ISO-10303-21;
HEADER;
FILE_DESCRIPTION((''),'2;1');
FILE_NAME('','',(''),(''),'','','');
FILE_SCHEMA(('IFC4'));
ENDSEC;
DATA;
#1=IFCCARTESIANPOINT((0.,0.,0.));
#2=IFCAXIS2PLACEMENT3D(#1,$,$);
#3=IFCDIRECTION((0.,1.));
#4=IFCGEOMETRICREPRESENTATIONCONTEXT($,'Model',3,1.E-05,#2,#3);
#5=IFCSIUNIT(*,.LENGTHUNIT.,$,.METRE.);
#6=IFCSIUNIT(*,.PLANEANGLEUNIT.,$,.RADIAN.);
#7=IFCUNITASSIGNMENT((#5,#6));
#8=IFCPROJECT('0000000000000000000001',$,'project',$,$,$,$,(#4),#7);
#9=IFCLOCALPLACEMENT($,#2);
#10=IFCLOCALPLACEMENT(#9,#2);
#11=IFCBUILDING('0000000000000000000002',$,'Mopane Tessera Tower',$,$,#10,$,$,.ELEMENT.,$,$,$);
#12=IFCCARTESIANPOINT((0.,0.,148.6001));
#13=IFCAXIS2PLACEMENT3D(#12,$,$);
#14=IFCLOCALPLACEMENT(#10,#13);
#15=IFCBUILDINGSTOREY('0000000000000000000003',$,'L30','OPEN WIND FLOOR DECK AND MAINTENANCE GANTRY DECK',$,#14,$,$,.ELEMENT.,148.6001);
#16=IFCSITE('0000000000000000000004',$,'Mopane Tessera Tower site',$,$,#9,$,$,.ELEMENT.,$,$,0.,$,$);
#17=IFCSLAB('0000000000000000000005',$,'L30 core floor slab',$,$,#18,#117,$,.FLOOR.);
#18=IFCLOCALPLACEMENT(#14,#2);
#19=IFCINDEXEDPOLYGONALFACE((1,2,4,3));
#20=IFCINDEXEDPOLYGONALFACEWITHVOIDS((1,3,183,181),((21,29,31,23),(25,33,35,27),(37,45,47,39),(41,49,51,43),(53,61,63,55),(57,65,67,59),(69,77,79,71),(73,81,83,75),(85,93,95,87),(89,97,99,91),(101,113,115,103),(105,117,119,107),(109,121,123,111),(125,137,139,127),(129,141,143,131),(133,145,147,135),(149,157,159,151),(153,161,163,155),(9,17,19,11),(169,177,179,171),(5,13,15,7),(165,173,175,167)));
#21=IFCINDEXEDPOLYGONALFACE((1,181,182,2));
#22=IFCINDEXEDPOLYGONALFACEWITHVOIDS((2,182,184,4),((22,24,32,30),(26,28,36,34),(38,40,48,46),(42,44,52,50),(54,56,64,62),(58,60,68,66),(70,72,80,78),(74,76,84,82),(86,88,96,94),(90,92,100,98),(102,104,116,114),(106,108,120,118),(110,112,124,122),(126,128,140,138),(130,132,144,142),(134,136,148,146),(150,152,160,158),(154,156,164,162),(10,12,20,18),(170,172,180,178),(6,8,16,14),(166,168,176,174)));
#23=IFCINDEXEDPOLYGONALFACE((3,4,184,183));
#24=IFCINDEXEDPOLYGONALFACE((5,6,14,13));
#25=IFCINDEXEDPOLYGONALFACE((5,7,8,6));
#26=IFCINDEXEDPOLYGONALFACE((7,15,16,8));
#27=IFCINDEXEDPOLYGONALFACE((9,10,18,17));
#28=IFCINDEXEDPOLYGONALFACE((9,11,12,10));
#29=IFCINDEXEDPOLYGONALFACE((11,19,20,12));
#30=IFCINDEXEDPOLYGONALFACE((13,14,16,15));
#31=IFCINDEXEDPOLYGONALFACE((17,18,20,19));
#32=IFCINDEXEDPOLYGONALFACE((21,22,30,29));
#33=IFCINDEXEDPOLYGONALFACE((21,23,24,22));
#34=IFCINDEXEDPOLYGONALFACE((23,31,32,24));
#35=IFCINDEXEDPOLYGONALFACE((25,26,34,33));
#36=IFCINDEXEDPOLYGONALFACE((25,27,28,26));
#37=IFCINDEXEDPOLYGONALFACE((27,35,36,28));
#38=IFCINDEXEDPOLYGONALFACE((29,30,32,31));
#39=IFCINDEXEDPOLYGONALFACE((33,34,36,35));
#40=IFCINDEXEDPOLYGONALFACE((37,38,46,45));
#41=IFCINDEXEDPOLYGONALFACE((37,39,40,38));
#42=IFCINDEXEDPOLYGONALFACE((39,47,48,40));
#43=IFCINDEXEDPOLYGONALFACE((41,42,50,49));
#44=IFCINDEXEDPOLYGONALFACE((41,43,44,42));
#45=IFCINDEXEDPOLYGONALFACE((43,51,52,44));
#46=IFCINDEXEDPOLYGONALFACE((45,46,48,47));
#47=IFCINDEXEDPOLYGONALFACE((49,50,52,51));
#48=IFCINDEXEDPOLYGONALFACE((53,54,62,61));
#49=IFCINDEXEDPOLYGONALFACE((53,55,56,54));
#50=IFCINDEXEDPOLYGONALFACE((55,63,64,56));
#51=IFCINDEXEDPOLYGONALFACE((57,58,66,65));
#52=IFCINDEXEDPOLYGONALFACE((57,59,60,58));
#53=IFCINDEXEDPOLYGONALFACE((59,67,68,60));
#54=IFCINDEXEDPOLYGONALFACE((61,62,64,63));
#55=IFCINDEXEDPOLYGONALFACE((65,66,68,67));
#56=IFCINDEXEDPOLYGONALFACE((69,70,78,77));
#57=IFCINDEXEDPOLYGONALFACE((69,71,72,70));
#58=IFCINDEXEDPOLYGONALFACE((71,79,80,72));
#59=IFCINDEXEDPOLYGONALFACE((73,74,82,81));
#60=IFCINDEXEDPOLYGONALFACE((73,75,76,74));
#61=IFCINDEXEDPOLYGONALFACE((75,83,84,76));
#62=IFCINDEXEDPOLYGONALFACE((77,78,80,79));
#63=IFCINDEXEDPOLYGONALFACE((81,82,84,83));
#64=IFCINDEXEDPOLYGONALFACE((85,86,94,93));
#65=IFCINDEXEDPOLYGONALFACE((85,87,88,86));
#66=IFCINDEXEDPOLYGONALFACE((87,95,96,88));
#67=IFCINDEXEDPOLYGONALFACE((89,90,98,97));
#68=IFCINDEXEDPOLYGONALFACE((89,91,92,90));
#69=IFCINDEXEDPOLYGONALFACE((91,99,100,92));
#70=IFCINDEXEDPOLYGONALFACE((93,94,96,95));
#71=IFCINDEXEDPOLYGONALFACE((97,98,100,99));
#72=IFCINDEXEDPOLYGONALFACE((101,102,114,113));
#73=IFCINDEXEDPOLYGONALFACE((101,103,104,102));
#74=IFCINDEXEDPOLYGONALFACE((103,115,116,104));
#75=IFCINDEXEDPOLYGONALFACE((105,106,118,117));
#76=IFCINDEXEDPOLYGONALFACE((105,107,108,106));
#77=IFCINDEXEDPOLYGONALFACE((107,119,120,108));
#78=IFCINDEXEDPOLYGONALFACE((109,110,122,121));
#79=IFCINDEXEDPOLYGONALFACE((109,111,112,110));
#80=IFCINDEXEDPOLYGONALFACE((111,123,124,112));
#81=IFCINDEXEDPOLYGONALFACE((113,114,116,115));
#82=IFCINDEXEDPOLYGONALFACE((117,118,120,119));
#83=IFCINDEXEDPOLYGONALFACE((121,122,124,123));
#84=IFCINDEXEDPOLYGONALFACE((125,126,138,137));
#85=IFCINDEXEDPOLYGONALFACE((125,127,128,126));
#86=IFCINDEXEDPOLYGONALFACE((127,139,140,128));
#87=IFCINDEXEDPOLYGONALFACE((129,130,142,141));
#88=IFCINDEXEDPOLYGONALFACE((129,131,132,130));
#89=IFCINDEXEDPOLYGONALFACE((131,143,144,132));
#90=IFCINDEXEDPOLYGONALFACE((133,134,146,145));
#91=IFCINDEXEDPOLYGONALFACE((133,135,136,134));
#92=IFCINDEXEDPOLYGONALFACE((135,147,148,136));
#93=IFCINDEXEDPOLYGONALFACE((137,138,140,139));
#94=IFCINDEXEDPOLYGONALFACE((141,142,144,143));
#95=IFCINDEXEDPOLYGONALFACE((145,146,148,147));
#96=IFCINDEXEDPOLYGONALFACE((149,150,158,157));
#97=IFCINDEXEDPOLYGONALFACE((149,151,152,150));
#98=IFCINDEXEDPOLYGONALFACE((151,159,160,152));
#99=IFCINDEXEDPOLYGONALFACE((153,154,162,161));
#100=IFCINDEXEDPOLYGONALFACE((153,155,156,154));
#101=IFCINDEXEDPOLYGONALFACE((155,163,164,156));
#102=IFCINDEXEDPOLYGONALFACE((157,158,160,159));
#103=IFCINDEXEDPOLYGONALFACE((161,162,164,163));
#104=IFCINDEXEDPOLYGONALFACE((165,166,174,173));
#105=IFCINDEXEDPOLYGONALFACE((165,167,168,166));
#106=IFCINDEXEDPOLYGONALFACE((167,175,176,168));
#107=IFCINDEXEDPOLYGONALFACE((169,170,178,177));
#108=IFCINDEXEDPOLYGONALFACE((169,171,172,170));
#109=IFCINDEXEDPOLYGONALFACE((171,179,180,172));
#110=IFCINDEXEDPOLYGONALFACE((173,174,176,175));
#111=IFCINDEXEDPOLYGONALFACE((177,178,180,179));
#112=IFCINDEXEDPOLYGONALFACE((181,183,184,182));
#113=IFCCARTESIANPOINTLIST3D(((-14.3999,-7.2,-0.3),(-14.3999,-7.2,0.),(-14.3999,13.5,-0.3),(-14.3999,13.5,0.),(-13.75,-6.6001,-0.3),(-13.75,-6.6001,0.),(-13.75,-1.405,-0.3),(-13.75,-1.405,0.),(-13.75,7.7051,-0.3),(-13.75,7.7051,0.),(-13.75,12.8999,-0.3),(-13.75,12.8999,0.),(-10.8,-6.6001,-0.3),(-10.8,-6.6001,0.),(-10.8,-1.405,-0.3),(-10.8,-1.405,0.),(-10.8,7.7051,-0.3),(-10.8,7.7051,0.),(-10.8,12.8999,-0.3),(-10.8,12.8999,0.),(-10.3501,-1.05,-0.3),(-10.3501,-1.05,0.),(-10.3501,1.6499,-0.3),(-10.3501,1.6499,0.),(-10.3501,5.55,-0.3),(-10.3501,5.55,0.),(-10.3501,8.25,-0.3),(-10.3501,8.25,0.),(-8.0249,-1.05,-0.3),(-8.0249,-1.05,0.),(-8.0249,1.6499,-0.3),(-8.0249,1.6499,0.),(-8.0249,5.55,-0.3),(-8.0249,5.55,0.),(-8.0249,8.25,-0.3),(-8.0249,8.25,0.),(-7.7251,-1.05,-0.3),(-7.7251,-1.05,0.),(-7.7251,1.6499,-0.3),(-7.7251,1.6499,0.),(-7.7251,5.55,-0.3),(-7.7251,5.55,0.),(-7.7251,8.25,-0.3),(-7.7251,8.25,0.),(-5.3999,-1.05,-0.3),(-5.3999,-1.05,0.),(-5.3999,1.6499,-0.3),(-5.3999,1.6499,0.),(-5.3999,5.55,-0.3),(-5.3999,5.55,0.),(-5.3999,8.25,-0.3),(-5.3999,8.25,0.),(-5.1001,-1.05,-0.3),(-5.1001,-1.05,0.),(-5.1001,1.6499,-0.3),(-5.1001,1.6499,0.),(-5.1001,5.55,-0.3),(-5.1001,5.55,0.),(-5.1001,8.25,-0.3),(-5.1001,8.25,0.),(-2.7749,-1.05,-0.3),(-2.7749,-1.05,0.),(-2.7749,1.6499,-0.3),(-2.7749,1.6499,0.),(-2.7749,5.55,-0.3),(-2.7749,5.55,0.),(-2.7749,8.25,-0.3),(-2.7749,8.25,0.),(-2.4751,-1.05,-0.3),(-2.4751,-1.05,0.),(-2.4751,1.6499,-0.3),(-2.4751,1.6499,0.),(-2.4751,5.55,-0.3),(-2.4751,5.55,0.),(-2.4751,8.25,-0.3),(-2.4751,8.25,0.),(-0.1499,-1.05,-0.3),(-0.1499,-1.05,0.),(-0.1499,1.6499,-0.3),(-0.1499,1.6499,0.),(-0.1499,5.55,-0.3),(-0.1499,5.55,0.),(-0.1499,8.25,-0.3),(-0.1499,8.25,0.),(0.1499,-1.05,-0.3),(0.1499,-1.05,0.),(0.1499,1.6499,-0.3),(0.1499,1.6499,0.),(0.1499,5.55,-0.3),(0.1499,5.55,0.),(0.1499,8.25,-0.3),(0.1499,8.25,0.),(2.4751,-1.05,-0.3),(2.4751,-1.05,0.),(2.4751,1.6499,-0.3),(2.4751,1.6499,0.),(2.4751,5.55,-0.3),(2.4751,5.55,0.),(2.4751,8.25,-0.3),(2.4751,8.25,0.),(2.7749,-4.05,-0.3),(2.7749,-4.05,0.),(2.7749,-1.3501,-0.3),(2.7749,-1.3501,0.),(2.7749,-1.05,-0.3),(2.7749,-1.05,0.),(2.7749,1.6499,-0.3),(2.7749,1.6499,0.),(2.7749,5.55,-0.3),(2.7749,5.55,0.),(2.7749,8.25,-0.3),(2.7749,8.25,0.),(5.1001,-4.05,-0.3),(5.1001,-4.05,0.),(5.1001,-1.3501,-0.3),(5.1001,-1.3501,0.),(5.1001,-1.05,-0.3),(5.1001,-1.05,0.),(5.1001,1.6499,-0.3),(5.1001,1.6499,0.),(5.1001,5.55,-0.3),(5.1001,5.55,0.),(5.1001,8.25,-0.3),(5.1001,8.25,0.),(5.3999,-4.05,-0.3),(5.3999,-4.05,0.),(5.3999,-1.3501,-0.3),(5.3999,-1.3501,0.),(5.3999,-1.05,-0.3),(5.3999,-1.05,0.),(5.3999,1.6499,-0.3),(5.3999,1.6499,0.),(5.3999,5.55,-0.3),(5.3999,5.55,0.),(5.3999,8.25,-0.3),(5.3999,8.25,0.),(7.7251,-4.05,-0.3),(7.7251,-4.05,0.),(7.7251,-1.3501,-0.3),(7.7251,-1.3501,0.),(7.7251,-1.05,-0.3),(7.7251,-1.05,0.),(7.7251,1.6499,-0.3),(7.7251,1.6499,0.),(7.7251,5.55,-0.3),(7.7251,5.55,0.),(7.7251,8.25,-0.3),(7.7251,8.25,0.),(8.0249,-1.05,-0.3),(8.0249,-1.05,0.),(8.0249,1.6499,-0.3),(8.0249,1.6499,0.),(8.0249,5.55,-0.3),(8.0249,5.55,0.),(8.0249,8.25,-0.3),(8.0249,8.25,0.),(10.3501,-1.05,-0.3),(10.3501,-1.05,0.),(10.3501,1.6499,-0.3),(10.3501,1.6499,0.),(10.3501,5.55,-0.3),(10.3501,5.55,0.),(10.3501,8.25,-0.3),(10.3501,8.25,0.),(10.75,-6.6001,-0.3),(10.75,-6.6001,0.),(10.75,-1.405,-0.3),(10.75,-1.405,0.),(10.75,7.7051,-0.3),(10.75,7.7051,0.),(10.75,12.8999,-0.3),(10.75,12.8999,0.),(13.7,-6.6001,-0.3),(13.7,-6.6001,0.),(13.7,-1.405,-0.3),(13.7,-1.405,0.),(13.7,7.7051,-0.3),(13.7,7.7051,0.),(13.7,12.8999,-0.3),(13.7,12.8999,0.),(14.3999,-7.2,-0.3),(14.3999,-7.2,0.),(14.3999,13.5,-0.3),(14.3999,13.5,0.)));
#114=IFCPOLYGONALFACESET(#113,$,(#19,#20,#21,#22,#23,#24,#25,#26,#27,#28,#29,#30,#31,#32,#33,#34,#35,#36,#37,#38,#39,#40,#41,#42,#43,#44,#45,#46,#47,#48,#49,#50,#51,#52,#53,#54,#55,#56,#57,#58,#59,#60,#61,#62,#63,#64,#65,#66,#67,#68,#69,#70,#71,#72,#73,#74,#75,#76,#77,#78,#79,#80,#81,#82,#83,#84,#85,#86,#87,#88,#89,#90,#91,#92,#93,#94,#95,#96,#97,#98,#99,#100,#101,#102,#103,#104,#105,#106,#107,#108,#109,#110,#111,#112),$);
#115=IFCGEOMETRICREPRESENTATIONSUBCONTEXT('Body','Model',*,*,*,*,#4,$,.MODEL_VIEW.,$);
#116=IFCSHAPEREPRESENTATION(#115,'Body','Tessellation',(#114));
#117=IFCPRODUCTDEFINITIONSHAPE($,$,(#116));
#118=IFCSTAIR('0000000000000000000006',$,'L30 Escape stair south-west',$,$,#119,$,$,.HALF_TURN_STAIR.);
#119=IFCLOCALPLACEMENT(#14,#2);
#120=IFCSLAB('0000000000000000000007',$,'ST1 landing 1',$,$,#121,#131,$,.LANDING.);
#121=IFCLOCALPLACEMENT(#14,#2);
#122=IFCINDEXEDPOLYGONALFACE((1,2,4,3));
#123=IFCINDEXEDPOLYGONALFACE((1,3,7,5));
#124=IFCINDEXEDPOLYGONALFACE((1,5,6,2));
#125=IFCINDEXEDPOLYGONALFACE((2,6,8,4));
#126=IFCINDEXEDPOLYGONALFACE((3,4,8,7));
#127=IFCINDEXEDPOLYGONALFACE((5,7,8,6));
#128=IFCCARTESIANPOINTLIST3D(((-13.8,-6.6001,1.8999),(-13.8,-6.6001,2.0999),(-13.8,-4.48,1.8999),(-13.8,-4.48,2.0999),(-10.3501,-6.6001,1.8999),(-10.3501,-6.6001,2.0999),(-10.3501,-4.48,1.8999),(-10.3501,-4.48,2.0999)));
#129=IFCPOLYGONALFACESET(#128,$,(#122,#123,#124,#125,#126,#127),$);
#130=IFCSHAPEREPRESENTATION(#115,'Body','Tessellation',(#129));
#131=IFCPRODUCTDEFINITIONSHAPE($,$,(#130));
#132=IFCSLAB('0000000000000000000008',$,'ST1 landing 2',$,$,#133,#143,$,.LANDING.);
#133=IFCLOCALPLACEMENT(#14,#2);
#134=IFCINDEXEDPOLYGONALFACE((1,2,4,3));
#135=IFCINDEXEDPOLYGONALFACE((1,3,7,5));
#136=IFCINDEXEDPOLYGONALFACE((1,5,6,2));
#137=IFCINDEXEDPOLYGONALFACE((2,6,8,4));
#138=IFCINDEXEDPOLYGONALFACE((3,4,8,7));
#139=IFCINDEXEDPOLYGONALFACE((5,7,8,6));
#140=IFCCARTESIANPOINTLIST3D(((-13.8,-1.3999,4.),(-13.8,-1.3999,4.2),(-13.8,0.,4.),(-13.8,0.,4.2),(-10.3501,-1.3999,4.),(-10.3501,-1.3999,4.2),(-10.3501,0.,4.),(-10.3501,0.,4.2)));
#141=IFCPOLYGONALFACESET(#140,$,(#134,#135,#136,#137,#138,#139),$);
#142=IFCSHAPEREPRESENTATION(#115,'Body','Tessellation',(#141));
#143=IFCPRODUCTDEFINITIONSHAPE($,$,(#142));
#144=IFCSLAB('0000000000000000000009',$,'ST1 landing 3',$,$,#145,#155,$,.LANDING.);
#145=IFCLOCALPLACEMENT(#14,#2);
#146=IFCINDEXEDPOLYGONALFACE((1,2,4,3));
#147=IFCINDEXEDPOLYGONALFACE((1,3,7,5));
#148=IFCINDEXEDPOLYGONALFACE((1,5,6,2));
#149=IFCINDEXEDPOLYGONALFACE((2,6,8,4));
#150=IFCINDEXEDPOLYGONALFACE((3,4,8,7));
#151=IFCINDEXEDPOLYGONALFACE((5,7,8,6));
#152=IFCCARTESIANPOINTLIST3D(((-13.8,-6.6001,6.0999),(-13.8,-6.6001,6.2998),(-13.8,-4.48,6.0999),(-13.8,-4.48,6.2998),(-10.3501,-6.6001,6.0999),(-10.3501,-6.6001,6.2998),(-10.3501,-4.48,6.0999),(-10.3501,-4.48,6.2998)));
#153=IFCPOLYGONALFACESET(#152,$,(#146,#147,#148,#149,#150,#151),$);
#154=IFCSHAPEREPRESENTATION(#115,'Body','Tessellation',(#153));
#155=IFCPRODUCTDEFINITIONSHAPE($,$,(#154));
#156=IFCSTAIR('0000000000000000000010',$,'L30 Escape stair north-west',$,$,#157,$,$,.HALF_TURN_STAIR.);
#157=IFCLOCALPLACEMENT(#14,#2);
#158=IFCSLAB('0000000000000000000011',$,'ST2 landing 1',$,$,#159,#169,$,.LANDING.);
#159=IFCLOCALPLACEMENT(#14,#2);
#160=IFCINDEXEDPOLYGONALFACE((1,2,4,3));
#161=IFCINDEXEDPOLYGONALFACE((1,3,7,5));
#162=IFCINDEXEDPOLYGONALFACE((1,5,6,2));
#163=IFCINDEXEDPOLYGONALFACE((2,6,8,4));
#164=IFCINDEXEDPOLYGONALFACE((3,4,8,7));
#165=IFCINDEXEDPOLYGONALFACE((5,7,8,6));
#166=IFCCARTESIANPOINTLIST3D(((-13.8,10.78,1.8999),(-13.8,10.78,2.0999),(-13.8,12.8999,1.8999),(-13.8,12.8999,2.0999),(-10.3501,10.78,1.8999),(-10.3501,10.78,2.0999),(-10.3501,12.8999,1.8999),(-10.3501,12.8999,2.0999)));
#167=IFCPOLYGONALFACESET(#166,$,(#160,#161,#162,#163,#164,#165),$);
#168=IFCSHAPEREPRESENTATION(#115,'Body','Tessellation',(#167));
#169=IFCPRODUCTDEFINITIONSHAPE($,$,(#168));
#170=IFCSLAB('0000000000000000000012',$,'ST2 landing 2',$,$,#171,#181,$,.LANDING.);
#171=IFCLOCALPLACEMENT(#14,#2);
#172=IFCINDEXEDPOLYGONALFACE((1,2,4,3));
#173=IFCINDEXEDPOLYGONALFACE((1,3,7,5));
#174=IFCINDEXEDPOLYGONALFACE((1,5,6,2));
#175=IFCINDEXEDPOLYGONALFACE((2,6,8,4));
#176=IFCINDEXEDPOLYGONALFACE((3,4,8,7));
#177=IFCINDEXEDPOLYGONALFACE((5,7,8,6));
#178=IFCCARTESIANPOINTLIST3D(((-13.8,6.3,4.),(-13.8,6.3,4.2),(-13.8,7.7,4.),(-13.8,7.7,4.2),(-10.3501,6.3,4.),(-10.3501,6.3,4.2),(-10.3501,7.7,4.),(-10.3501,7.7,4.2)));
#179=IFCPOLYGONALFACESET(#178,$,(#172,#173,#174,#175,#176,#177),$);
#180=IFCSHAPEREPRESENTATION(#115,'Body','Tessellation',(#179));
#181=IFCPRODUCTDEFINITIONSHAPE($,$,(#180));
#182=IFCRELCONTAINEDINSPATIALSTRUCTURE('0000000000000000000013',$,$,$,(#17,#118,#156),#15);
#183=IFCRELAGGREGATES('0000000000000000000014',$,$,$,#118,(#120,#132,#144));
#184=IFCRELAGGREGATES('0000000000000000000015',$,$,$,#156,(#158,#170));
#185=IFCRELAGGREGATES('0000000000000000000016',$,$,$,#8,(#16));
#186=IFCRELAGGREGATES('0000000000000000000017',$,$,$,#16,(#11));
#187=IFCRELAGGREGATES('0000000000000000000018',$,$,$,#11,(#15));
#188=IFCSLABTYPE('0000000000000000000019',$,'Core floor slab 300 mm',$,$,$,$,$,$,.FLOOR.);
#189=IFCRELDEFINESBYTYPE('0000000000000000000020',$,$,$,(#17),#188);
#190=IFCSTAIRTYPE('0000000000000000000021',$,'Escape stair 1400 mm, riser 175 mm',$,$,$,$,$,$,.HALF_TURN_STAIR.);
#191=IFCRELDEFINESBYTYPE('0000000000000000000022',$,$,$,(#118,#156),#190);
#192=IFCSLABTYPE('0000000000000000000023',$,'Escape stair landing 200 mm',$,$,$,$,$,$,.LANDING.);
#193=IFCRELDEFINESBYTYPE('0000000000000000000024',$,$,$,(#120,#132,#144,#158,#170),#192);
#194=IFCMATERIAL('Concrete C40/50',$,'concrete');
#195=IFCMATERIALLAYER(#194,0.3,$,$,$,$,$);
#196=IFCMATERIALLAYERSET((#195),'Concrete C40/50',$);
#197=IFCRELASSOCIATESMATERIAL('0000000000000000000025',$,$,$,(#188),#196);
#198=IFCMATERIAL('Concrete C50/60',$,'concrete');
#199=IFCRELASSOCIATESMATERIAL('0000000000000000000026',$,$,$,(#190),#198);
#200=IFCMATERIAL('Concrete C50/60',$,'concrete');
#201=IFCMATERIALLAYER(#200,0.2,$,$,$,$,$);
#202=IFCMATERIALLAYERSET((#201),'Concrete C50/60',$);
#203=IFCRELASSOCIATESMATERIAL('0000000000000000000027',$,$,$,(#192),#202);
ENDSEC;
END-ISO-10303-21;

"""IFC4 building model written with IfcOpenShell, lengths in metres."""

from ifc_helpers import new_model, si_unit, direction, frame, origin, place, context, subcontext, project, spatial, polyline, outline, extrude, material, layer, layer_set, type_object, element, aggregate, save


model = new_model("IFC4")

# Units and contexts
model_context = context("Model", 3, precision=1e-05, world=origin(), true_north=direction((0.0, 1.0)))
body_context = subcontext(model_context, "Body", "Model", "MODEL_VIEW")
ifc_project = project(units=[si_unit("LENGTHUNIT", "METRE"), si_unit("PLANEANGLEUNIT", "RADIAN")], contexts=[model_context])

# Site, building, storey
site_placement = place(None, origin())
site = spatial("IfcSite", under=ifc_project, at=site_placement, Name="Mopane Tessera Tower site", CompositionType="ELEMENT", RefElevation=0.0)
building_placement = place(site_placement, origin())
building = spatial("IfcBuilding", under=site, at=building_placement, Name="Mopane Tessera Tower", CompositionType="ELEMENT")
storey_placement = place(building_placement, frame((0.0, 0.0, 148.6001)))
storey = spatial("IfcBuildingStorey", under=building, at=storey_placement, Name="L30", Description="OPEN WIND FLOOR DECK AND MAINTENANCE GANTRY DECK", CompositionType="ELEMENT", Elevation=148.6001)

# Slab
ifc_material_1 = material(Name="Concrete C40/50", Category="concrete")
ifc_layer_1 = layer(ifc_material_1, 0.3)
ifc_layer_set_1 = layer_set([ifc_layer_1], Name="Concrete C40/50")
slab_type_1 = type_object("IfcSlabType", Name="Core floor slab 300 mm", PredefinedType="FLOOR", material=ifc_layer_set_1)
slab_1_placement = place(storey_placement, frame((0.0, 0.0, -0.3)))
element("IfcSlab", 1, at=slab_1_placement, inside=storey, type_object=slab_type_1, Name="L30 core floor slab", PredefinedType="FLOOR", context=body_context, shape_type="SweptSolid", body=[
    extrude(outline(polyline([(-14.3999, -7.2), (14.3999, -7.2), (14.3999, 13.5), (-14.3999, 13.5), (-14.3999, -7.2)]), holes=[polyline([(-10.3501, -1.05), (-8.0249, -1.05), (-8.0249, 1.6499), (-10.3501, 1.6499), (-10.3501, -1.05)]), polyline([(-7.7251, -1.05), (-5.3999, -1.05), (-5.3999, 1.6499), (-7.7251, 1.6499), (-7.7251, -1.05)]), polyline([(-5.1001, -1.05), (-2.7749, -1.05), (-2.7749, 1.6499), (-5.1001, 1.6499), (-5.1001, -1.05)]), polyline([(-2.4751, -1.05), (-0.1499, -1.05), (-0.1499, 1.6499), (-2.4751, 1.6499), (-2.4751, -1.05)]), polyline([(0.1499, -1.05), (2.4751, -1.05), (2.4751, 1.6499), (0.1499, 1.6499), (0.1499, -1.05)]), polyline([(2.7749, -1.05), (5.1001, -1.05), (5.1001, 1.6499), (2.7749, 1.6499), (2.7749, -1.05)]), polyline([(5.3999, -1.05), (7.7251, -1.05), (7.7251, 1.6499), (5.3999, 1.6499), (5.3999, -1.05)]), polyline([(8.0249, -1.05), (10.3501, -1.05), (10.3501, 1.6499), (8.0249, 1.6499), (8.0249, -1.05)]), polyline([(-10.3501, 5.55), (-8.0249, 5.55), (-8.0249, 8.25), (-10.3501, 8.25), (-10.3501, 5.55)]), polyline([(-7.7251, 5.55), (-5.3999, 5.55), (-5.3999, 8.25), (-7.7251, 8.25), (-7.7251, 5.55)]), polyline([(-5.1001, 5.55), (-2.7749, 5.55), (-2.7749, 8.25), (-5.1001, 8.25), (-5.1001, 5.55)]), polyline([(-2.4751, 5.55), (-0.1499, 5.55), (-0.1499, 8.25), (-2.4751, 8.25), (-2.4751, 5.55)]), polyline([(0.1499, 5.55), (2.4751, 5.55), (2.4751, 8.25), (0.1499, 8.25), (0.1499, 5.55)]), polyline([(2.7749, 5.55), (5.1001, 5.55), (5.1001, 8.25), (2.7749, 8.25), (2.7749, 5.55)]), polyline([(5.3999, 5.55), (7.7251, 5.55), (7.7251, 8.25), (5.3999, 8.25), (5.3999, 5.55)]), polyline([(8.0249, 5.55), (10.3501, 5.55), (10.3501, 8.25), (8.0249, 8.25), (8.0249, 5.55)]), polyline([(2.7749, -4.05), (5.1001, -4.05), (5.1001, -1.3501), (2.7749, -1.3501), (2.7749, -4.05)]), polyline([(5.3999, -4.05), (7.7251, -4.05), (7.7251, -1.3501), (5.3999, -1.3501), (5.3999, -4.05)]), polyline([(-13.75, -1.405), (-13.75, -6.6001), (-10.8, -6.6001), (-10.8, -1.405), (-13.75, -1.405)]), polyline([(-10.8, 7.7051), (-10.8, 12.8999), (-13.75, 12.8999), (-13.75, 7.7051), (-10.8, 7.7051)]), polyline([(10.75, -1.405), (10.75, -6.6001), (13.7, -6.6001), (13.7, -1.405), (10.75, -1.405)]), polyline([(13.7, 7.7051), (13.7, 12.8999), (10.75, 12.8999), (10.75, 7.7051), (13.7, 7.7051)])]), origin(), (0.0, 0.0, 1.0), 0.3),
])

# Stairs, slabs
ifc_material_2 = material(Name="Concrete C50/60", Category="concrete")
stair_type = type_object("IfcStairType", Name="Escape stair 1400 mm, riser 175 mm", PredefinedType="HALF_TURN_STAIR", material=ifc_material_2)
stair_1_placement = place(storey_placement, origin())
stair_1 = element("IfcStair", 2, at=stair_1_placement, inside=storey, type_object=stair_type, Name="L30 Escape stair south-west", PredefinedType="HALF_TURN_STAIR")
ifc_material_3 = material(Name="Concrete C50/60", Category="concrete")
ifc_layer_2 = layer(ifc_material_3, 0.2)
ifc_layer_set_2 = layer_set([ifc_layer_2], Name="Concrete C50/60")
slab_type_2 = type_object("IfcSlabType", Name="Escape stair landing 200 mm", PredefinedType="LANDING", material=ifc_layer_set_2)
slab_2_placement = place(storey_placement, frame((0.0, 0.0, 1.8999)))
slab_2 = element("IfcSlab", 3, at=slab_2_placement, type_object=slab_type_2, Name="ST1 landing 1", PredefinedType="LANDING", context=body_context, shape_type="SweptSolid", body=[
    extrude(outline(polyline([(-13.8, -4.48), (-13.8, -6.6001), (-10.3501, -6.6001), (-10.3501, -4.48), (-13.8, -4.48)])), origin(), (0.0, 0.0, 1.0), 0.2),
])
slab_3_placement = place(storey_placement, frame((0.0, 0.0, 4.0)))
slab_3 = element("IfcSlab", 4, at=slab_3_placement, type_object=slab_type_2, Name="ST1 landing 2", PredefinedType="LANDING", context=body_context, shape_type="SweptSolid", body=[
    extrude(outline(polyline([(-13.8, 0.0), (-13.8, -1.3999), (-10.3501, -1.3999), (-10.3501, 0.0), (-13.8, 0.0)])), origin(), (0.0, 0.0, 1.0), 0.2),
])
slab_4_placement = place(storey_placement, frame((0.0, 0.0, 6.0999)))
slab_4 = element("IfcSlab", 5, at=slab_4_placement, type_object=slab_type_2, Name="ST1 landing 3", PredefinedType="LANDING", context=body_context, shape_type="SweptSolid", body=[
    extrude(outline(polyline([(-13.8, -4.48), (-13.8, -6.6001), (-10.3501, -6.6001), (-10.3501, -4.48), (-13.8, -4.48)])), origin(), (0.0, 0.0, 1.0), 0.2),
])
aggregate(stair_1, [slab_2, slab_3, slab_4])
stair_2_placement = place(storey_placement, origin())
stair_2 = element("IfcStair", 6, at=stair_2_placement, inside=storey, type_object=stair_type, Name="L30 Escape stair north-west", PredefinedType="HALF_TURN_STAIR")
slab_5_placement = place(storey_placement, frame((0.0, 0.0, 1.8999)))
slab_5 = element("IfcSlab", 7, at=slab_5_placement, type_object=slab_type_2, Name="ST2 landing 1", PredefinedType="LANDING", context=body_context, shape_type="SweptSolid", body=[
    extrude(outline(polyline([(-10.3501, 10.78), (-10.3501, 12.8999), (-13.8, 12.8999), (-13.8, 10.78), (-10.3501, 10.78)])), origin(), (0.0, 0.0, 1.0), 0.2),
])
slab_6_placement = place(storey_placement, frame((0.0, 0.0, 4.0)))
slab_6 = element("IfcSlab", 8, at=slab_6_placement, type_object=slab_type_2, Name="ST2 landing 2", PredefinedType="LANDING", context=body_context, shape_type="SweptSolid", body=[
    extrude(outline(polyline([(-10.3501, 6.3), (-10.3501, 7.7), (-13.8, 7.7), (-13.8, 6.3), (-10.3501, 6.3)])), origin(), (0.0, 0.0, 1.0), 0.2),
])
aggregate(stair_2, [slab_5, slab_6])

save(model, "model.ifc")
